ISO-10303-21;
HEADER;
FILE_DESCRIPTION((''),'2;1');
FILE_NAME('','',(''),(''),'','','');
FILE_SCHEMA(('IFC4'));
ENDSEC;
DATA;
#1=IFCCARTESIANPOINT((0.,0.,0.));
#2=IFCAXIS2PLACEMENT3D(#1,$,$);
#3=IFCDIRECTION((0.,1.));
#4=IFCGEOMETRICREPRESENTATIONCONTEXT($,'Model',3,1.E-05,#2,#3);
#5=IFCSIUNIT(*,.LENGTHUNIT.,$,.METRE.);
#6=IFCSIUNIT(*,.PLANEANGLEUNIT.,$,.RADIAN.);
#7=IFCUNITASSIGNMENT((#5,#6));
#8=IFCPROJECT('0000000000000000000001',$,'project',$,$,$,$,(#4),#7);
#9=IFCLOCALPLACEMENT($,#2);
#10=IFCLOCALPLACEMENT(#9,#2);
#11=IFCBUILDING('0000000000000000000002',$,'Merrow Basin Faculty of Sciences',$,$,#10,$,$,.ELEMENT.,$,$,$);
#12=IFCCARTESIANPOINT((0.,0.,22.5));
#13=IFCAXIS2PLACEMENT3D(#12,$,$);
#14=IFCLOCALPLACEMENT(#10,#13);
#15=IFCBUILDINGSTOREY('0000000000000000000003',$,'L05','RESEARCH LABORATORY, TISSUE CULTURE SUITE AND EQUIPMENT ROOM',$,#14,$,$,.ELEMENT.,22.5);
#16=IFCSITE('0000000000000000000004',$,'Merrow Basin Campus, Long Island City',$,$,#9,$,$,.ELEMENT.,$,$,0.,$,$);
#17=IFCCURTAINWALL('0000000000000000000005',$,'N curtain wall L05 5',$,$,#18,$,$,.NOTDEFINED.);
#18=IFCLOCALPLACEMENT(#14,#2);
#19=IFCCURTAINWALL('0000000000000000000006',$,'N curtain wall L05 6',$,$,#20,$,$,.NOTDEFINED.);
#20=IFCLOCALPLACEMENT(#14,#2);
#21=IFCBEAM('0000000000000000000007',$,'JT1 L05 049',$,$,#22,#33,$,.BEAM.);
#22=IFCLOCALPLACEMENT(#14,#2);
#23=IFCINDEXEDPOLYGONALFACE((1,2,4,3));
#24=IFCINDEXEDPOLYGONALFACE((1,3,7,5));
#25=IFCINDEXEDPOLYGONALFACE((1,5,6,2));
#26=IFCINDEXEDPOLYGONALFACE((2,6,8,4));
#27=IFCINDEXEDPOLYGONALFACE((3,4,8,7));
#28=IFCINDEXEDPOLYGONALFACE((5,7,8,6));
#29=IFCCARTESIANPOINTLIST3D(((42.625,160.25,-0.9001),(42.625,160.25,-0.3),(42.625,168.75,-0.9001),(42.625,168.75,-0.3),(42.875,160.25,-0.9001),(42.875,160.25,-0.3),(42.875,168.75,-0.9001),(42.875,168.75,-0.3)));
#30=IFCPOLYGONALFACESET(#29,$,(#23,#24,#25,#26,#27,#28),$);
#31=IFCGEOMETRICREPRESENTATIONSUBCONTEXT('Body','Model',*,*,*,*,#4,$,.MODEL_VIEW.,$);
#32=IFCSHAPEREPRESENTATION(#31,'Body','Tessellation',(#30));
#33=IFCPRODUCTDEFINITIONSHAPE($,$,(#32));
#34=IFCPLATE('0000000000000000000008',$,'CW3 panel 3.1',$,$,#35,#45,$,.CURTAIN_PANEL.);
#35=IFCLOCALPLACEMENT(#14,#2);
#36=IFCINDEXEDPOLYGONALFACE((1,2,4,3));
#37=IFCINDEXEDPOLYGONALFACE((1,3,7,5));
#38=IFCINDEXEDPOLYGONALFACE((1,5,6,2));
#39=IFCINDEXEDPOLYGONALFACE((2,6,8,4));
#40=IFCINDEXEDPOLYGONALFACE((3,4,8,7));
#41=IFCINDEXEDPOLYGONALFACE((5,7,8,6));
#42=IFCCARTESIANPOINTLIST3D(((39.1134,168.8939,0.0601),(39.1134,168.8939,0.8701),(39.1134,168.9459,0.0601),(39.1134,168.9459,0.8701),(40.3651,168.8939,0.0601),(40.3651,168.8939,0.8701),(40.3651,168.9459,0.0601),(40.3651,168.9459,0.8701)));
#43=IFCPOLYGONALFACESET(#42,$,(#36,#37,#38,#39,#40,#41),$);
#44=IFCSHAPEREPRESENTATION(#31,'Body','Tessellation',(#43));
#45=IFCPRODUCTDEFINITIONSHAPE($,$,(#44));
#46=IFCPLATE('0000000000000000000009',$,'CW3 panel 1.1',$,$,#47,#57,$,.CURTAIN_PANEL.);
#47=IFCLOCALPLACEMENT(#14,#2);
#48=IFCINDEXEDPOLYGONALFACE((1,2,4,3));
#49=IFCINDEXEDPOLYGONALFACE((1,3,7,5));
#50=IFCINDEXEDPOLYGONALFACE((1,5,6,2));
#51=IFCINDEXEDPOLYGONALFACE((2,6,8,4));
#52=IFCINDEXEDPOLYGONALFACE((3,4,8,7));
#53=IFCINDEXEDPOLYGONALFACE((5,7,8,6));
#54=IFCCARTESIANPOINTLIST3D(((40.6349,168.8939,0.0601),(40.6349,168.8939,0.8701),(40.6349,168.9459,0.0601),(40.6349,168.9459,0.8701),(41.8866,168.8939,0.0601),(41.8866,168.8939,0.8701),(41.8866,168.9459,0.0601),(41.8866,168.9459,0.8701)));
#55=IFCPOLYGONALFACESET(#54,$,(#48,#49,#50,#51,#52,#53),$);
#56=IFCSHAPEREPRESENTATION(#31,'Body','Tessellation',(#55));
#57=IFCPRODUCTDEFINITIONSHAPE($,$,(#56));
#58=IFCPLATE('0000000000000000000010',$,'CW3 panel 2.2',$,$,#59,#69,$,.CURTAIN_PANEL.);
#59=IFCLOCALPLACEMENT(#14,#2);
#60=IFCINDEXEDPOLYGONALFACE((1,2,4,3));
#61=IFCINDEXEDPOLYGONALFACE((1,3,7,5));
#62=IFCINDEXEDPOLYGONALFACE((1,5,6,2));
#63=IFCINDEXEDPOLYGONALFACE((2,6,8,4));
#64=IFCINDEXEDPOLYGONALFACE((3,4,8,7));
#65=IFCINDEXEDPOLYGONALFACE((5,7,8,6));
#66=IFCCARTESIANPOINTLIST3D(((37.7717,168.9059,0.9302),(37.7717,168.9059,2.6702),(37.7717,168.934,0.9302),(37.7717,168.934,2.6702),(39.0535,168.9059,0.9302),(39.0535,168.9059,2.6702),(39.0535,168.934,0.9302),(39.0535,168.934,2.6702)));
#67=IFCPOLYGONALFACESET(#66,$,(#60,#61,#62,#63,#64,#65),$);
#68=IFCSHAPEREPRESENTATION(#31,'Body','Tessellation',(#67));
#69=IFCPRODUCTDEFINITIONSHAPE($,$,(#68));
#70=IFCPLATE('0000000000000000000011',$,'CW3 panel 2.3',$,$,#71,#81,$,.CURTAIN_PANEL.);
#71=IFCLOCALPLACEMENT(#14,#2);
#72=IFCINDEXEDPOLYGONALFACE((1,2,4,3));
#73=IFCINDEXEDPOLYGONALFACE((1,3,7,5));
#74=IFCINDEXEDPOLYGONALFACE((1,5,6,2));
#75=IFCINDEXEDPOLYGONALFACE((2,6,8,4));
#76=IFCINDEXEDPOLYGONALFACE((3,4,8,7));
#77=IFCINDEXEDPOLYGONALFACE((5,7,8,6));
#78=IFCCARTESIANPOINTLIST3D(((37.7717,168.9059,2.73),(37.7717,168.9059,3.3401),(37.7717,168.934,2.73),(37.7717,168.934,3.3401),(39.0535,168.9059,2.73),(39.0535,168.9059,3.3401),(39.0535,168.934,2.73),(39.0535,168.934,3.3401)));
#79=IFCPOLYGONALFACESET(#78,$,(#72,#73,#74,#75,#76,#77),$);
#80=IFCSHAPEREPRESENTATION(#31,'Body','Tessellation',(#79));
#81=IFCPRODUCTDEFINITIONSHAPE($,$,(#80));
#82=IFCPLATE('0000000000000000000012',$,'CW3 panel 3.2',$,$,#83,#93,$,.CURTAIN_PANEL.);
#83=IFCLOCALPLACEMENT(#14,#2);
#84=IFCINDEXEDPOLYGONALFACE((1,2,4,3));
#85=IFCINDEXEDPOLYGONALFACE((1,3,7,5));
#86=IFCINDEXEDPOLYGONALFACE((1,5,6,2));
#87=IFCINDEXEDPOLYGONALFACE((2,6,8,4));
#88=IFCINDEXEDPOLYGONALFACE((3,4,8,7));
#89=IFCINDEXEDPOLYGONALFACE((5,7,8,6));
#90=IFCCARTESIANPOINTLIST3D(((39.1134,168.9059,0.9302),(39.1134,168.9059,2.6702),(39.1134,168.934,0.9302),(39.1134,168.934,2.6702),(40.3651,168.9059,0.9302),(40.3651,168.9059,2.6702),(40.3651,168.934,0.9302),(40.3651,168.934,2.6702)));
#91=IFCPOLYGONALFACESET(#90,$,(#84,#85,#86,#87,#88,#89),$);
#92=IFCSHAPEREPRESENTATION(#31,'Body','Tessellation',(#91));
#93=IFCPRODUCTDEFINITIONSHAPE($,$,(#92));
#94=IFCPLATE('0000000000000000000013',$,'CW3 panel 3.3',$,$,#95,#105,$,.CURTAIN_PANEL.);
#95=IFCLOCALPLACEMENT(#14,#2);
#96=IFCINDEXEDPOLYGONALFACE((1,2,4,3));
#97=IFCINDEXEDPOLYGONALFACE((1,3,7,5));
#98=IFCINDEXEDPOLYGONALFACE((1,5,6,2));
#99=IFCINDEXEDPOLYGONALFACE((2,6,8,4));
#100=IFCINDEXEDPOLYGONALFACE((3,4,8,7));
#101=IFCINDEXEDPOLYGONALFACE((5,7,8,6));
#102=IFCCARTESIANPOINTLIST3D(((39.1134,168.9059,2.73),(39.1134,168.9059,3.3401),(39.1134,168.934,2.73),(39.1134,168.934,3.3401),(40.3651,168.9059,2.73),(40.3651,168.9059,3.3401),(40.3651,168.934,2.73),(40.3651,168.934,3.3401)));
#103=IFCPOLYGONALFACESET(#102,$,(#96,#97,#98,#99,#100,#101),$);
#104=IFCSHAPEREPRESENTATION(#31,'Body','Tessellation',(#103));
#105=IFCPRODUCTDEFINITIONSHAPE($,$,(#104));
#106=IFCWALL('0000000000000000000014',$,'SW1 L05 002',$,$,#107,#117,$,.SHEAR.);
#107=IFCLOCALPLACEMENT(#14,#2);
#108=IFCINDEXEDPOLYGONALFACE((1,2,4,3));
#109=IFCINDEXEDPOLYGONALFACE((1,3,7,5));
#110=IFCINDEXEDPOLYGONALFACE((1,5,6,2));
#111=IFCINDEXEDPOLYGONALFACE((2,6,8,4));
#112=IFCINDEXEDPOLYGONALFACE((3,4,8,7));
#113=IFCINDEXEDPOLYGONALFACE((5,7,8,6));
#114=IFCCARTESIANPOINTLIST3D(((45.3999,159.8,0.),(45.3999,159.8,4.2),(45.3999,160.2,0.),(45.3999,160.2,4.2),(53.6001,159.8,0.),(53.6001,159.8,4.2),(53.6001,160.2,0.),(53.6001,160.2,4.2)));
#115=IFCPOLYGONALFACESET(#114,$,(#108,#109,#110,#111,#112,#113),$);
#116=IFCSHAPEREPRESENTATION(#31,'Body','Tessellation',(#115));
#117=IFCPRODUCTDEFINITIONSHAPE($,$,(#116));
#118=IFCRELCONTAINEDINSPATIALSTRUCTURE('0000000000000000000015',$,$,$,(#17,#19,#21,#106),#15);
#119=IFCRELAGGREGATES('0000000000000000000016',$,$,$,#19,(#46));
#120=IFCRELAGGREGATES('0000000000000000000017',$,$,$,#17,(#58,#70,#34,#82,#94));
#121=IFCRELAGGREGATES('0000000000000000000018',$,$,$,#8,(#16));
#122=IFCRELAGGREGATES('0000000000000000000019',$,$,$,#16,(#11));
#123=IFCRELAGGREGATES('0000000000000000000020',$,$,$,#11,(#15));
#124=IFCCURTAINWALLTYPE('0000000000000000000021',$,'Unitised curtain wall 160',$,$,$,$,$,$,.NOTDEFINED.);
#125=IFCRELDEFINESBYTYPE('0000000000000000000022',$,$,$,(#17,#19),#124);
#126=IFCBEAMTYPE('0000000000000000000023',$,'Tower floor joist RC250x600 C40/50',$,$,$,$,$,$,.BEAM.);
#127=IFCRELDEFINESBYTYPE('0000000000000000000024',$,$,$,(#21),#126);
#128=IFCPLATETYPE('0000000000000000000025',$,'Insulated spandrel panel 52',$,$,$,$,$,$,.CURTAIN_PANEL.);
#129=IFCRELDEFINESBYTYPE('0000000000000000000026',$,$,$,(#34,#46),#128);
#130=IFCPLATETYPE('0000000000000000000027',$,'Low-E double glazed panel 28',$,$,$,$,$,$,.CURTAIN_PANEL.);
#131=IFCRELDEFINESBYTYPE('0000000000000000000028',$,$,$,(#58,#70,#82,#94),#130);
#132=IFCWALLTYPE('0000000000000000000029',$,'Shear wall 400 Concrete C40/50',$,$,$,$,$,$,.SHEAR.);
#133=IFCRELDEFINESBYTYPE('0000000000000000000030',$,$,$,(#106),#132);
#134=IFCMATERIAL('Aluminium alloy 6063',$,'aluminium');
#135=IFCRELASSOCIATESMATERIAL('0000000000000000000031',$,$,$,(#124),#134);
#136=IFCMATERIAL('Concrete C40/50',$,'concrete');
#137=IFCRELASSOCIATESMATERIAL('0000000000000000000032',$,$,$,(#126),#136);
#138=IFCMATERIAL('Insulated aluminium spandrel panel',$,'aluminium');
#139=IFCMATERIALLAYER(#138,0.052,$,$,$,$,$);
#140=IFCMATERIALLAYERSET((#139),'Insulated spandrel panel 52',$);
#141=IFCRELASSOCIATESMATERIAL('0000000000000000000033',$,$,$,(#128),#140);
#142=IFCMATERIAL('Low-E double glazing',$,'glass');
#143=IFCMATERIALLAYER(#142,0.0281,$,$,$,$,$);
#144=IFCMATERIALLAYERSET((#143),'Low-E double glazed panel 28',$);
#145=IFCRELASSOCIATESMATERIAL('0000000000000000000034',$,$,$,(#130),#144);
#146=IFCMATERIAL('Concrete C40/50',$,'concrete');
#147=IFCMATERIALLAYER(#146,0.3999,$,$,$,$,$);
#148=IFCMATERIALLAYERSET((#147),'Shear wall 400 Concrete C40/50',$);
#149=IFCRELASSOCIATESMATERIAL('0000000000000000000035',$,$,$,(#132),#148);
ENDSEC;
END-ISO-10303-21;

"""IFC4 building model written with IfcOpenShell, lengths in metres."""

from ifc_helpers import new_model, si_unit, direction, frame, frame_2d, origin, origin_2d, place, context, subcontext, project, spatial, rectangle, extrude, material, layer, layer_set, material_profile, profile_set, type_object, element, aggregate, save


model = new_model("IFC4")

# Units and contexts
model_context = context("Model", 3, precision=1e-05, world=origin(), true_north=direction((0.0, 1.0)))
body_context = subcontext(model_context, "Body", "Model", "MODEL_VIEW")
ifc_project = project(units=[si_unit("LENGTHUNIT", "METRE"), si_unit("PLANEANGLEUNIT", "RADIAN")], contexts=[model_context])

# Site, building, storey
site_placement = place(None, origin())
site = spatial("IfcSite", under=ifc_project, at=site_placement, Name="Merrow Basin Campus, Long Island City", CompositionType="ELEMENT", RefElevation=0.0)
building_placement = place(site_placement, origin())
building = spatial("IfcBuilding", under=site, at=building_placement, Name="Merrow Basin Faculty of Sciences", CompositionType="ELEMENT")
storey_placement = place(building_placement, frame((0.0, 0.0, 22.5)))
storey = spatial("IfcBuildingStorey", under=building, at=storey_placement, Name="L05", Description="RESEARCH LABORATORY, TISSUE CULTURE SUITE AND EQUIPMENT ROOM", CompositionType="ELEMENT", Elevation=22.5)

# Curtain wall
ifc_material_1 = material(Name="Aluminium alloy 6063", Category="aluminium")
curtain_wall_type = type_object("IfcCurtainWallType", Name="Unitised curtain wall 160", PredefinedType="NOTDEFINED", material=ifc_material_1)
curtain_wall_1_placement = place(storey_placement, origin())
curtain_wall_1 = element("IfcCurtainWall", 1, at=curtain_wall_1_placement, inside=storey, type_object=curtain_wall_type, Name="N curtain wall L05 5", PredefinedType="NOTDEFINED")

# Curtain wall
curtain_wall_2_placement = place(storey_placement, origin())
curtain_wall_2 = element("IfcCurtainWall", 2, at=curtain_wall_2_placement, inside=storey, type_object=curtain_wall_type, Name="N curtain wall L05 6", PredefinedType="NOTDEFINED")

# Beam
ifc_material_2 = material(Name="Concrete C40/50", Category="concrete")
ifc_material_profile_1 = material_profile(ifc_material_2, rectangle(XDim=0.25, YDim=0.6001, at=origin_2d()))
ifc_profile_set_1 = profile_set([ifc_material_profile_1], Name="Concrete C40/50")
beam_type_1 = type_object("IfcBeamType", Name="Tower floor joist RC250x600 C40/50", PredefinedType="BEAM", material=ifc_profile_set_1)
for number, where, z_axis, x_axis, name in (
    (3, (42.75, 160.25, -0.6001), (0.0, 1.0, 0.0), (-1.0, 0.0, 0.0), "JT1 L05 049"),
):
    element("IfcBeam", number, at=place(storey_placement, frame(where, z_axis=z_axis, x_axis=x_axis)), inside=storey, type_object=beam_type_1, Name=name, PredefinedType="BEAM", context=body_context, shape_type="SweptSolid", body=[
        extrude(rectangle(XDim=0.25, YDim=0.6001, at=origin_2d()), origin(), (0.0, 0.0, 1.0), 8.5),
    ])

# Plates
ifc_material_3 = material(Name="Insulated aluminium spandrel panel", Category="aluminium")
ifc_layer_1 = layer(ifc_material_3, 0.052)
ifc_layer_set_1 = layer_set([ifc_layer_1], Name="Insulated spandrel panel 52")
plate_type_1 = type_object("IfcPlateType", Name="Insulated spandrel panel 52", PredefinedType="CURTAIN_PANEL", material=ifc_layer_set_1)
plate_1_placement = place(storey_placement, frame((39.7393, 168.9199, 0.0601), z_axis=(0.0, 0.0, 1.0), x_axis=(1.0, 0.0, 0.0)))
plate_1 = element("IfcPlate", 4, at=plate_1_placement, type_object=plate_type_1, Name="CW3 panel 3.1", PredefinedType="CURTAIN_PANEL", context=body_context, shape_type="SweptSolid", body=[
    extrude(rectangle(XDim=1.2517, YDim=0.052, at=origin_2d()), origin(), (0.0, 0.0, 1.0), 0.8101),
])
plate_2_placement = place(storey_placement, frame((41.2607, 168.9199, 0.0601), z_axis=(0.0, 0.0, 1.0), x_axis=(1.0, 0.0, 0.0)))
plate_2 = element("IfcPlate", 5, at=plate_2_placement, type_object=plate_type_1, Name="CW3 panel 1.1", PredefinedType="CURTAIN_PANEL", context=body_context, shape_type="SweptSolid", body=[
    extrude(rectangle(XDim=1.2517, YDim=0.052, at=origin_2d()), origin(), (0.0, 0.0, 1.0), 0.8101),
])
aggregate(curtain_wall_2, [plate_2])
ifc_material_4 = material(Name="Low-E double glazing", Category="glass")
ifc_layer_2 = layer(ifc_material_4, 0.0281)
ifc_layer_set_2 = layer_set([ifc_layer_2], Name="Low-E double glazed panel 28")
plate_type_2 = type_object("IfcPlateType", Name="Low-E double glazed panel 28", PredefinedType="CURTAIN_PANEL", material=ifc_layer_set_2)
plate_3_placement = place(storey_placement, frame((38.4126, 168.9199, 0.9302), z_axis=(0.0, 0.0, 1.0), x_axis=(1.0, 0.0, 0.0)))
plate_3 = element("IfcPlate", 6, at=plate_3_placement, type_object=plate_type_2, Name="CW3 panel 2.2", PredefinedType="CURTAIN_PANEL", context=body_context, shape_type="SweptSolid", body=[
    extrude(rectangle(XDim=1.2817, YDim=0.0281, at=origin_2d()), origin(), (0.0, 0.0, 1.0), 1.74),
])
plate_4_placement = place(storey_placement, frame((38.4126, 168.9199, 2.73), z_axis=(0.0, 0.0, 1.0), x_axis=(1.0, 0.0, 0.0)))
plate_4 = element("IfcPlate", 7, at=plate_4_placement, type_object=plate_type_2, Name="CW3 panel 2.3", PredefinedType="CURTAIN_PANEL", context=body_context, shape_type="SweptSolid", body=[
    extrude(rectangle(XDim=1.2817, YDim=0.0281, at=origin_2d()), origin(), (0.0, 0.0, 1.0), 0.6101),
])
plate_5_placement = place(storey_placement, frame((39.7393, 168.9199, 0.9302), z_axis=(0.0, 0.0, 1.0), x_axis=(1.0, 0.0, 0.0)))
plate_5 = element("IfcPlate", 8, at=plate_5_placement, type_object=plate_type_2, Name="CW3 panel 3.2", PredefinedType="CURTAIN_PANEL", context=body_context, shape_type="SweptSolid", body=[
    extrude(rectangle(XDim=1.2517, YDim=0.0281, at=origin_2d()), origin(), (0.0, 0.0, 1.0), 1.74),
])
plate_6_placement = place(storey_placement, frame((39.7393, 168.9199, 2.73), z_axis=(0.0, 0.0, 1.0), x_axis=(1.0, 0.0, 0.0)))
plate_6 = element("IfcPlate", 9, at=plate_6_placement, type_object=plate_type_2, Name="CW3 panel 3.3", PredefinedType="CURTAIN_PANEL", context=body_context, shape_type="SweptSolid", body=[
    extrude(rectangle(XDim=1.2517, YDim=0.0281, at=origin_2d()), origin(), (0.0, 0.0, 1.0), 0.6101),
])
aggregate(curtain_wall_1, [plate_3, plate_4, plate_1, plate_5, plate_6])

# Wall
ifc_material_5 = material(Name="Concrete C40/50", Category="concrete")
ifc_layer_3 = layer(ifc_material_5, 0.3999)
ifc_layer_set_3 = layer_set([ifc_layer_3], Name="Shear wall 400 Concrete C40/50")
wall_type = type_object("IfcWallType", Name="Shear wall 400 Concrete C40/50", PredefinedType="SHEAR", material=ifc_layer_set_3)
wall_placement = place(storey_placement, frame((45.3999, 160.0, 0.0), z_axis=(0.0, 0.0, 1.0), x_axis=(1.0, 0.0, 0.0)))
element("IfcWall", 10, at=wall_placement, inside=storey, type_object=wall_type, Name="SW1 L05 002", PredefinedType="SHEAR", context=body_context, shape_type="SweptSolid", body=[
    extrude(rectangle(XDim=8.2002, YDim=0.3999, at=frame_2d((4.1001, 0.0))), origin(), (0.0, 0.0, 1.0), 4.2),
])

save(model, "model.ifc")
